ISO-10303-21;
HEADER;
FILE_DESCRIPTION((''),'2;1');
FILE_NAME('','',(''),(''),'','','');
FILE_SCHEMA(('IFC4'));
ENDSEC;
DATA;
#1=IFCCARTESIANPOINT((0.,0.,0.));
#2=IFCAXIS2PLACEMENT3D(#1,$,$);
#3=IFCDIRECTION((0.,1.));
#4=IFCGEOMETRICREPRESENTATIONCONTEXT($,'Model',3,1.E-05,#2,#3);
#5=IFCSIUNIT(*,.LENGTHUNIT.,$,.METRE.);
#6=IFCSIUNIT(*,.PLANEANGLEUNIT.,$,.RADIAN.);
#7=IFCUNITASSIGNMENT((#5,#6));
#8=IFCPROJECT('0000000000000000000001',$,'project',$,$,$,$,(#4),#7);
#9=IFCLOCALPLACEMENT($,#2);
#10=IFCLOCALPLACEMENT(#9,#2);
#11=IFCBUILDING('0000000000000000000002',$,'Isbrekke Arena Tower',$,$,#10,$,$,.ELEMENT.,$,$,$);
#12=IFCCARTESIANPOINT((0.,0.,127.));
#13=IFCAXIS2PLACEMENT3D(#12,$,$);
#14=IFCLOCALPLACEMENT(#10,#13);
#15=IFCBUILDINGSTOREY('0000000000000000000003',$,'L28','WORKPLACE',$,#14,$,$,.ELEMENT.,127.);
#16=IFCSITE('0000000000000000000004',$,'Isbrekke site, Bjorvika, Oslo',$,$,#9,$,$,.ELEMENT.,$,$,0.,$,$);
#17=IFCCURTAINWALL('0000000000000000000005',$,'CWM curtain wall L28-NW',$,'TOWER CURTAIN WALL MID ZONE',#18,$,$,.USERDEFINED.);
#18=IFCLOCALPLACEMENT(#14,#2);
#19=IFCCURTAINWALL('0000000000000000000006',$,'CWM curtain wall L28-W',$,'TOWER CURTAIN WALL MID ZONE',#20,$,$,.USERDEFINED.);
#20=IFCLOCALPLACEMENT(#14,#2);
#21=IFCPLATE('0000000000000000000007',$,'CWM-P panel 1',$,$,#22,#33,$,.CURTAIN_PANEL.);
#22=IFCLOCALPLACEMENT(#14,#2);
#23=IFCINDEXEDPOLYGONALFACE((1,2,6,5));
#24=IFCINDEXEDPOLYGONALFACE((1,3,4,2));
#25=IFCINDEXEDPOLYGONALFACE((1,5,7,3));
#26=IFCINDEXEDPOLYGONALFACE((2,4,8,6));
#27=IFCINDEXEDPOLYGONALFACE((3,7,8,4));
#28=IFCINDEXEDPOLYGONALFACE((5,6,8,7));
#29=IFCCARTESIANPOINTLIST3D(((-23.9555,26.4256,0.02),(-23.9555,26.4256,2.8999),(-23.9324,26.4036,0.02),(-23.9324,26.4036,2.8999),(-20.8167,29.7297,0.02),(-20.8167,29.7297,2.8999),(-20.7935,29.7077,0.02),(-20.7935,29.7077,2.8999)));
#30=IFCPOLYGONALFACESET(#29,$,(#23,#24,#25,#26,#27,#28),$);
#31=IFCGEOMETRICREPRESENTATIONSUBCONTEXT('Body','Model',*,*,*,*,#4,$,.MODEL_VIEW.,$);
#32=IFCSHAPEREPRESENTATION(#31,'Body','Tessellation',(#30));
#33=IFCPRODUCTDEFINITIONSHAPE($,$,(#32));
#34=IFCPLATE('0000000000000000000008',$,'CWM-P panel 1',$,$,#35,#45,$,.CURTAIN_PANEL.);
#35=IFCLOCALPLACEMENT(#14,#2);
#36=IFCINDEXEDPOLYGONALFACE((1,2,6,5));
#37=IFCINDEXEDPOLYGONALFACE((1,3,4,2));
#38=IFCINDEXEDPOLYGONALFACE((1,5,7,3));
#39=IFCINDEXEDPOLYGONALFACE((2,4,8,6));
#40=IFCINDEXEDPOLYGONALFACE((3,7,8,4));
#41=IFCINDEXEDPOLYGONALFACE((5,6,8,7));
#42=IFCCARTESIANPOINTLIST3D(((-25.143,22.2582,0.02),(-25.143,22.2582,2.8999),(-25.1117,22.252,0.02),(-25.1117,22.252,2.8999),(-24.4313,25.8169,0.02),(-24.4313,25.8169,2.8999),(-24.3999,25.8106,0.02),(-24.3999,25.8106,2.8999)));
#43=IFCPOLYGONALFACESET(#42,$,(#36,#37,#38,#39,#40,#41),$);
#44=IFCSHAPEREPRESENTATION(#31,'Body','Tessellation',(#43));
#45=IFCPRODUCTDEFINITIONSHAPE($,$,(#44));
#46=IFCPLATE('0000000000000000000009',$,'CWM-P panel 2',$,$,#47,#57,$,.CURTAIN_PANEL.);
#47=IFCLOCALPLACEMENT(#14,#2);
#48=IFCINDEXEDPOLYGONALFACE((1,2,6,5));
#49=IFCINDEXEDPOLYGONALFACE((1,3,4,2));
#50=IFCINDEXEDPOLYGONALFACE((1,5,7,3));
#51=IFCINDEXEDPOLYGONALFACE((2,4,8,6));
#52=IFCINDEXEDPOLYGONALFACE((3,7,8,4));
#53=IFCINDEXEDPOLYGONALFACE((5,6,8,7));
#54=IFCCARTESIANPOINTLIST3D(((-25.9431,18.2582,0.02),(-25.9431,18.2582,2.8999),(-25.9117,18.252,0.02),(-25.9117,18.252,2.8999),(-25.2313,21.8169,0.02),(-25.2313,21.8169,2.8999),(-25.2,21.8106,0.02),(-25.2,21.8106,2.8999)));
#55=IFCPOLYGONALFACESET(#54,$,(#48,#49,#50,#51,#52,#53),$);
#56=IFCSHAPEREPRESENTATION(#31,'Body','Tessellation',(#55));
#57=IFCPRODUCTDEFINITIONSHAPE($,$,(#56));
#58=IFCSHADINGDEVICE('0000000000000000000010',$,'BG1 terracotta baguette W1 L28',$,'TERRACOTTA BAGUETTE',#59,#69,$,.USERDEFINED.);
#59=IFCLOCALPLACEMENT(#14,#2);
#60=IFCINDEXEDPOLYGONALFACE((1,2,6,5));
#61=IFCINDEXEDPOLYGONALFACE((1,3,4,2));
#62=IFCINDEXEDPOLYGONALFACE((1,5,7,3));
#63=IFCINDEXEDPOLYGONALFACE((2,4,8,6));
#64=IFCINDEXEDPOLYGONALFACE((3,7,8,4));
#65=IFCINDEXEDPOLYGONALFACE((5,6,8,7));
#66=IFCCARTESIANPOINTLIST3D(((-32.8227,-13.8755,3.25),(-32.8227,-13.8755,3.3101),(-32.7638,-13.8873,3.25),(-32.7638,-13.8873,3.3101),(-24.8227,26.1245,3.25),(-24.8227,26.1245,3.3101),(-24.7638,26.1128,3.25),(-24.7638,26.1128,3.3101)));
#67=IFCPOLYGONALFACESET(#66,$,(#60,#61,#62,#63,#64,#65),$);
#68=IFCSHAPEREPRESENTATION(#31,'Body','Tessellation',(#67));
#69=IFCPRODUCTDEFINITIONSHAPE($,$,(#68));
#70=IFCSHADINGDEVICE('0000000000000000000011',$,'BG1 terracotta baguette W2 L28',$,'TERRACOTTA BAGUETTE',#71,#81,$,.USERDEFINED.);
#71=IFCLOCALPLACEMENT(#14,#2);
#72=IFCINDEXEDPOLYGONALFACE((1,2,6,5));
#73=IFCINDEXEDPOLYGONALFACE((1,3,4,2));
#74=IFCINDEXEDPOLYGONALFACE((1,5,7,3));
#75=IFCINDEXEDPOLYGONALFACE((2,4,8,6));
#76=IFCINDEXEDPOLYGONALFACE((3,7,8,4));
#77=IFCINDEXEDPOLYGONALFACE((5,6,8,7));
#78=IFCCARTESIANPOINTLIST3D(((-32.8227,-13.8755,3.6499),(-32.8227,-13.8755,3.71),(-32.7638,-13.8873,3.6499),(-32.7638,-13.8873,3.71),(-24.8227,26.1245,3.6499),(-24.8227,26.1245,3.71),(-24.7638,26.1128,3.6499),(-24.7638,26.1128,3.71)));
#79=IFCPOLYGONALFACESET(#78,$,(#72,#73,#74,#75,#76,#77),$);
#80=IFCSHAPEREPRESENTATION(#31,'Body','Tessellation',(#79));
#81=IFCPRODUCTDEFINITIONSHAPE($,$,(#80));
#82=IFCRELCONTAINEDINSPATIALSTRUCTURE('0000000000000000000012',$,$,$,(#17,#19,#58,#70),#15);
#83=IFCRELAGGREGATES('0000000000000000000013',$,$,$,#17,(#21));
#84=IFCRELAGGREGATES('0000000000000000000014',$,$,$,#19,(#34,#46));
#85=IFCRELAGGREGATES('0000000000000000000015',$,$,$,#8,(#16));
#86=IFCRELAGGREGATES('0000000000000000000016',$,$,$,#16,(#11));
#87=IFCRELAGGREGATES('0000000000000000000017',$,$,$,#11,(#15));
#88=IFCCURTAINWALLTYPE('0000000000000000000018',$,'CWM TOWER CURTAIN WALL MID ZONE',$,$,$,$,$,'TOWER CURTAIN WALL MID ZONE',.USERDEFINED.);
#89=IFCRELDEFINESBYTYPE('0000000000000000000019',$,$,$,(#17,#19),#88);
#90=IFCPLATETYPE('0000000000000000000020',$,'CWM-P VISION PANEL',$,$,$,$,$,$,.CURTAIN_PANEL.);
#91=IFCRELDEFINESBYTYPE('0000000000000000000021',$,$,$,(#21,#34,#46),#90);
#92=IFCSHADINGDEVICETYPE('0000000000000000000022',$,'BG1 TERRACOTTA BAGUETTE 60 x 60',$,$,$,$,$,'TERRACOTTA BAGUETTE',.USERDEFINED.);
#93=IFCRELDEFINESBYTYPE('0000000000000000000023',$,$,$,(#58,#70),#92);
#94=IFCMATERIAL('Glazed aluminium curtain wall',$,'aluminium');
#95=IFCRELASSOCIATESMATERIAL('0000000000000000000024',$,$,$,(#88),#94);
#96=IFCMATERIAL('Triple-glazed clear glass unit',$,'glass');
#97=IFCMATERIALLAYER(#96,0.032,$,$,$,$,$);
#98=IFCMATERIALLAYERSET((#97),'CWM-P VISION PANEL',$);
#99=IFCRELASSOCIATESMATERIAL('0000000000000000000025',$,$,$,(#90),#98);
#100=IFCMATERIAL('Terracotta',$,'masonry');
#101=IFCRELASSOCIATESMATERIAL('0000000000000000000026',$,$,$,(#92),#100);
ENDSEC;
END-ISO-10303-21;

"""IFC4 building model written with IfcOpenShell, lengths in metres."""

from ifc_helpers import new_model, si_unit, direction, frame, origin, origin_2d, place, context, subcontext, project, spatial, rectangle, extrude, material, layer, layer_set, material_profile, profile_set, type_object, element, aggregate, save


model = new_model("IFC4")

# Units and contexts
model_context = context("Model", 3, precision=1e-05, world=origin(), true_north=direction((0.0, 1.0)))
body_context = subcontext(model_context, "Body", "Model", "MODEL_VIEW")
ifc_project = project(units=[si_unit("LENGTHUNIT", "METRE"), si_unit("PLANEANGLEUNIT", "RADIAN")], contexts=[model_context])

# Site, building, storey
site_placement = place(None, origin())
site = spatial("IfcSite", under=ifc_project, at=site_placement, Name="Isbrekke site, Bjorvika, Oslo", CompositionType="ELEMENT", RefElevation=0.0)
building_placement = place(site_placement, origin())
building = spatial("IfcBuilding", under=site, at=building_placement, Name="Isbrekke Arena Tower", CompositionType="ELEMENT")
storey_placement = place(building_placement, frame((0.0, 0.0, 127.0)))
storey = spatial("IfcBuildingStorey", under=building, at=storey_placement, Name="L28", Description="WORKPLACE", CompositionType="ELEMENT", Elevation=127.0)

# Shared definitions
ifc_material_1 = material(Name="Glazed aluminium curtain wall", Category="aluminium")
curtain_wall_type = type_object("IfcCurtainWallType", Name="CWM TOWER CURTAIN WALL MID ZONE", ElementType="TOWER CURTAIN WALL MID ZONE", PredefinedType="USERDEFINED", material=ifc_material_1)

# Curtain walls
curtain_wall_1_placement = place(storey_placement, origin())
curtain_wall_1 = element("IfcCurtainWall", 1, at=curtain_wall_1_placement, inside=storey, type_object=curtain_wall_type, Name="CWM curtain wall L28-NW", ObjectType="TOWER CURTAIN WALL MID ZONE", PredefinedType="USERDEFINED")
curtain_wall_2_placement = place(storey_placement, origin())
curtain_wall_2 = element("IfcCurtainWall", 2, at=curtain_wall_2_placement, inside=storey, type_object=curtain_wall_type, Name="CWM curtain wall L28-W", ObjectType="TOWER CURTAIN WALL MID ZONE", PredefinedType="USERDEFINED")

# Plates
ifc_material_2 = material(Name="Triple-glazed clear glass unit", Category="glass")
ifc_layer_1 = layer(ifc_material_2, 0.032)
ifc_layer_set_1 = layer_set([ifc_layer_1], Name="CWM-P VISION PANEL")
plate_type = type_object("IfcPlateType", Name="CWM-P VISION PANEL", PredefinedType="CURTAIN_PANEL", material=ifc_layer_set_1)
plate_1_placement = place(storey_placement, frame((-22.3745, 28.0667, 0.02), z_axis=(0.0, 0.0, 1.0), x_axis=(-0.688749, -0.724999, 0.0)))
plate_1 = element("IfcPlate", 3, at=plate_1_placement, type_object=plate_type, Name="CWM-P panel 1", PredefinedType="CURTAIN_PANEL", context=body_context, shape_type="SweptSolid", body=[
    extrude(rectangle(XDim=4.5574, YDim=0.032, at=origin_2d()), origin(), (0.0, 0.0, 1.0), 2.8799),
])
aggregate(curtain_wall_1, [plate_1])
plate_2_placement = place(storey_placement, frame((-24.7715, 24.0344, 0.02), z_axis=(0.0, 0.0, 1.0), x_axis=(-0.196116, -0.980581, 0.0)))
plate_2 = element("IfcPlate", 4, at=plate_2_placement, type_object=plate_type, Name="CWM-P panel 1", PredefinedType="CURTAIN_PANEL", context=body_context, shape_type="SweptSolid", body=[
    extrude(rectangle(XDim=3.6292, YDim=0.032, at=origin_2d()), origin(), (0.0, 0.0, 1.0), 2.8799),
])
plate_3_placement = place(storey_placement, frame((-25.5715, 20.0344, 0.02), z_axis=(0.0, 0.0, 1.0), x_axis=(-0.196116, -0.980581, 0.0)))
plate_3 = element("IfcPlate", 5, at=plate_3_placement, type_object=plate_type, Name="CWM-P panel 2", PredefinedType="CURTAIN_PANEL", context=body_context, shape_type="SweptSolid", body=[
    extrude(rectangle(XDim=3.6292, YDim=0.032, at=origin_2d()), origin(), (0.0, 0.0, 1.0), 2.8799),
])
aggregate(curtain_wall_2, [plate_2, plate_3])

# Shading devices
ifc_material_3 = material(Name="Terracotta", Category="masonry")
ifc_material_profile_1 = material_profile(ifc_material_3, rectangle(XDim=0.0601, YDim=0.0601, at=origin_2d()), Name="BAGUETTE 60X60")
ifc_profile_set_1 = profile_set([ifc_material_profile_1], Name="Terracotta")
shading_device_type = type_object("IfcShadingDeviceType", Name="BG1 TERRACOTTA BAGUETTE 60 x 60", ElementType="TERRACOTTA BAGUETTE", PredefinedType="USERDEFINED", material=ifc_profile_set_1)
for number, where, z_axis, x_axis, name in (
    (6, (-24.7932, 26.1187, 3.28), (-0.196116, -0.980581, 0.0), (0.980581, -0.196116, 0.0), "BG1 terracotta baguette W1 L28"),
    (7, (-24.7932, 26.1187, 3.6799), (-0.196116, -0.980581, 0.0), (0.980581, -0.196116, 0.0), "BG1 terracotta baguette W2 L28"),
):
    element("IfcShadingDevice", number, at=place(storey_placement, frame(where, z_axis=z_axis, x_axis=x_axis)), inside=storey, type_object=shading_device_type, Name=name, ObjectType="TERRACOTTA BAGUETTE", PredefinedType="USERDEFINED", context=body_context, shape_type="SweptSolid", body=[
        extrude(rectangle(XDim=0.0601, YDim=0.0601, at=origin_2d()), origin(), (0.0, 0.0, 1.0), 40.7922),
    ])

save(model, "model.ifc")
